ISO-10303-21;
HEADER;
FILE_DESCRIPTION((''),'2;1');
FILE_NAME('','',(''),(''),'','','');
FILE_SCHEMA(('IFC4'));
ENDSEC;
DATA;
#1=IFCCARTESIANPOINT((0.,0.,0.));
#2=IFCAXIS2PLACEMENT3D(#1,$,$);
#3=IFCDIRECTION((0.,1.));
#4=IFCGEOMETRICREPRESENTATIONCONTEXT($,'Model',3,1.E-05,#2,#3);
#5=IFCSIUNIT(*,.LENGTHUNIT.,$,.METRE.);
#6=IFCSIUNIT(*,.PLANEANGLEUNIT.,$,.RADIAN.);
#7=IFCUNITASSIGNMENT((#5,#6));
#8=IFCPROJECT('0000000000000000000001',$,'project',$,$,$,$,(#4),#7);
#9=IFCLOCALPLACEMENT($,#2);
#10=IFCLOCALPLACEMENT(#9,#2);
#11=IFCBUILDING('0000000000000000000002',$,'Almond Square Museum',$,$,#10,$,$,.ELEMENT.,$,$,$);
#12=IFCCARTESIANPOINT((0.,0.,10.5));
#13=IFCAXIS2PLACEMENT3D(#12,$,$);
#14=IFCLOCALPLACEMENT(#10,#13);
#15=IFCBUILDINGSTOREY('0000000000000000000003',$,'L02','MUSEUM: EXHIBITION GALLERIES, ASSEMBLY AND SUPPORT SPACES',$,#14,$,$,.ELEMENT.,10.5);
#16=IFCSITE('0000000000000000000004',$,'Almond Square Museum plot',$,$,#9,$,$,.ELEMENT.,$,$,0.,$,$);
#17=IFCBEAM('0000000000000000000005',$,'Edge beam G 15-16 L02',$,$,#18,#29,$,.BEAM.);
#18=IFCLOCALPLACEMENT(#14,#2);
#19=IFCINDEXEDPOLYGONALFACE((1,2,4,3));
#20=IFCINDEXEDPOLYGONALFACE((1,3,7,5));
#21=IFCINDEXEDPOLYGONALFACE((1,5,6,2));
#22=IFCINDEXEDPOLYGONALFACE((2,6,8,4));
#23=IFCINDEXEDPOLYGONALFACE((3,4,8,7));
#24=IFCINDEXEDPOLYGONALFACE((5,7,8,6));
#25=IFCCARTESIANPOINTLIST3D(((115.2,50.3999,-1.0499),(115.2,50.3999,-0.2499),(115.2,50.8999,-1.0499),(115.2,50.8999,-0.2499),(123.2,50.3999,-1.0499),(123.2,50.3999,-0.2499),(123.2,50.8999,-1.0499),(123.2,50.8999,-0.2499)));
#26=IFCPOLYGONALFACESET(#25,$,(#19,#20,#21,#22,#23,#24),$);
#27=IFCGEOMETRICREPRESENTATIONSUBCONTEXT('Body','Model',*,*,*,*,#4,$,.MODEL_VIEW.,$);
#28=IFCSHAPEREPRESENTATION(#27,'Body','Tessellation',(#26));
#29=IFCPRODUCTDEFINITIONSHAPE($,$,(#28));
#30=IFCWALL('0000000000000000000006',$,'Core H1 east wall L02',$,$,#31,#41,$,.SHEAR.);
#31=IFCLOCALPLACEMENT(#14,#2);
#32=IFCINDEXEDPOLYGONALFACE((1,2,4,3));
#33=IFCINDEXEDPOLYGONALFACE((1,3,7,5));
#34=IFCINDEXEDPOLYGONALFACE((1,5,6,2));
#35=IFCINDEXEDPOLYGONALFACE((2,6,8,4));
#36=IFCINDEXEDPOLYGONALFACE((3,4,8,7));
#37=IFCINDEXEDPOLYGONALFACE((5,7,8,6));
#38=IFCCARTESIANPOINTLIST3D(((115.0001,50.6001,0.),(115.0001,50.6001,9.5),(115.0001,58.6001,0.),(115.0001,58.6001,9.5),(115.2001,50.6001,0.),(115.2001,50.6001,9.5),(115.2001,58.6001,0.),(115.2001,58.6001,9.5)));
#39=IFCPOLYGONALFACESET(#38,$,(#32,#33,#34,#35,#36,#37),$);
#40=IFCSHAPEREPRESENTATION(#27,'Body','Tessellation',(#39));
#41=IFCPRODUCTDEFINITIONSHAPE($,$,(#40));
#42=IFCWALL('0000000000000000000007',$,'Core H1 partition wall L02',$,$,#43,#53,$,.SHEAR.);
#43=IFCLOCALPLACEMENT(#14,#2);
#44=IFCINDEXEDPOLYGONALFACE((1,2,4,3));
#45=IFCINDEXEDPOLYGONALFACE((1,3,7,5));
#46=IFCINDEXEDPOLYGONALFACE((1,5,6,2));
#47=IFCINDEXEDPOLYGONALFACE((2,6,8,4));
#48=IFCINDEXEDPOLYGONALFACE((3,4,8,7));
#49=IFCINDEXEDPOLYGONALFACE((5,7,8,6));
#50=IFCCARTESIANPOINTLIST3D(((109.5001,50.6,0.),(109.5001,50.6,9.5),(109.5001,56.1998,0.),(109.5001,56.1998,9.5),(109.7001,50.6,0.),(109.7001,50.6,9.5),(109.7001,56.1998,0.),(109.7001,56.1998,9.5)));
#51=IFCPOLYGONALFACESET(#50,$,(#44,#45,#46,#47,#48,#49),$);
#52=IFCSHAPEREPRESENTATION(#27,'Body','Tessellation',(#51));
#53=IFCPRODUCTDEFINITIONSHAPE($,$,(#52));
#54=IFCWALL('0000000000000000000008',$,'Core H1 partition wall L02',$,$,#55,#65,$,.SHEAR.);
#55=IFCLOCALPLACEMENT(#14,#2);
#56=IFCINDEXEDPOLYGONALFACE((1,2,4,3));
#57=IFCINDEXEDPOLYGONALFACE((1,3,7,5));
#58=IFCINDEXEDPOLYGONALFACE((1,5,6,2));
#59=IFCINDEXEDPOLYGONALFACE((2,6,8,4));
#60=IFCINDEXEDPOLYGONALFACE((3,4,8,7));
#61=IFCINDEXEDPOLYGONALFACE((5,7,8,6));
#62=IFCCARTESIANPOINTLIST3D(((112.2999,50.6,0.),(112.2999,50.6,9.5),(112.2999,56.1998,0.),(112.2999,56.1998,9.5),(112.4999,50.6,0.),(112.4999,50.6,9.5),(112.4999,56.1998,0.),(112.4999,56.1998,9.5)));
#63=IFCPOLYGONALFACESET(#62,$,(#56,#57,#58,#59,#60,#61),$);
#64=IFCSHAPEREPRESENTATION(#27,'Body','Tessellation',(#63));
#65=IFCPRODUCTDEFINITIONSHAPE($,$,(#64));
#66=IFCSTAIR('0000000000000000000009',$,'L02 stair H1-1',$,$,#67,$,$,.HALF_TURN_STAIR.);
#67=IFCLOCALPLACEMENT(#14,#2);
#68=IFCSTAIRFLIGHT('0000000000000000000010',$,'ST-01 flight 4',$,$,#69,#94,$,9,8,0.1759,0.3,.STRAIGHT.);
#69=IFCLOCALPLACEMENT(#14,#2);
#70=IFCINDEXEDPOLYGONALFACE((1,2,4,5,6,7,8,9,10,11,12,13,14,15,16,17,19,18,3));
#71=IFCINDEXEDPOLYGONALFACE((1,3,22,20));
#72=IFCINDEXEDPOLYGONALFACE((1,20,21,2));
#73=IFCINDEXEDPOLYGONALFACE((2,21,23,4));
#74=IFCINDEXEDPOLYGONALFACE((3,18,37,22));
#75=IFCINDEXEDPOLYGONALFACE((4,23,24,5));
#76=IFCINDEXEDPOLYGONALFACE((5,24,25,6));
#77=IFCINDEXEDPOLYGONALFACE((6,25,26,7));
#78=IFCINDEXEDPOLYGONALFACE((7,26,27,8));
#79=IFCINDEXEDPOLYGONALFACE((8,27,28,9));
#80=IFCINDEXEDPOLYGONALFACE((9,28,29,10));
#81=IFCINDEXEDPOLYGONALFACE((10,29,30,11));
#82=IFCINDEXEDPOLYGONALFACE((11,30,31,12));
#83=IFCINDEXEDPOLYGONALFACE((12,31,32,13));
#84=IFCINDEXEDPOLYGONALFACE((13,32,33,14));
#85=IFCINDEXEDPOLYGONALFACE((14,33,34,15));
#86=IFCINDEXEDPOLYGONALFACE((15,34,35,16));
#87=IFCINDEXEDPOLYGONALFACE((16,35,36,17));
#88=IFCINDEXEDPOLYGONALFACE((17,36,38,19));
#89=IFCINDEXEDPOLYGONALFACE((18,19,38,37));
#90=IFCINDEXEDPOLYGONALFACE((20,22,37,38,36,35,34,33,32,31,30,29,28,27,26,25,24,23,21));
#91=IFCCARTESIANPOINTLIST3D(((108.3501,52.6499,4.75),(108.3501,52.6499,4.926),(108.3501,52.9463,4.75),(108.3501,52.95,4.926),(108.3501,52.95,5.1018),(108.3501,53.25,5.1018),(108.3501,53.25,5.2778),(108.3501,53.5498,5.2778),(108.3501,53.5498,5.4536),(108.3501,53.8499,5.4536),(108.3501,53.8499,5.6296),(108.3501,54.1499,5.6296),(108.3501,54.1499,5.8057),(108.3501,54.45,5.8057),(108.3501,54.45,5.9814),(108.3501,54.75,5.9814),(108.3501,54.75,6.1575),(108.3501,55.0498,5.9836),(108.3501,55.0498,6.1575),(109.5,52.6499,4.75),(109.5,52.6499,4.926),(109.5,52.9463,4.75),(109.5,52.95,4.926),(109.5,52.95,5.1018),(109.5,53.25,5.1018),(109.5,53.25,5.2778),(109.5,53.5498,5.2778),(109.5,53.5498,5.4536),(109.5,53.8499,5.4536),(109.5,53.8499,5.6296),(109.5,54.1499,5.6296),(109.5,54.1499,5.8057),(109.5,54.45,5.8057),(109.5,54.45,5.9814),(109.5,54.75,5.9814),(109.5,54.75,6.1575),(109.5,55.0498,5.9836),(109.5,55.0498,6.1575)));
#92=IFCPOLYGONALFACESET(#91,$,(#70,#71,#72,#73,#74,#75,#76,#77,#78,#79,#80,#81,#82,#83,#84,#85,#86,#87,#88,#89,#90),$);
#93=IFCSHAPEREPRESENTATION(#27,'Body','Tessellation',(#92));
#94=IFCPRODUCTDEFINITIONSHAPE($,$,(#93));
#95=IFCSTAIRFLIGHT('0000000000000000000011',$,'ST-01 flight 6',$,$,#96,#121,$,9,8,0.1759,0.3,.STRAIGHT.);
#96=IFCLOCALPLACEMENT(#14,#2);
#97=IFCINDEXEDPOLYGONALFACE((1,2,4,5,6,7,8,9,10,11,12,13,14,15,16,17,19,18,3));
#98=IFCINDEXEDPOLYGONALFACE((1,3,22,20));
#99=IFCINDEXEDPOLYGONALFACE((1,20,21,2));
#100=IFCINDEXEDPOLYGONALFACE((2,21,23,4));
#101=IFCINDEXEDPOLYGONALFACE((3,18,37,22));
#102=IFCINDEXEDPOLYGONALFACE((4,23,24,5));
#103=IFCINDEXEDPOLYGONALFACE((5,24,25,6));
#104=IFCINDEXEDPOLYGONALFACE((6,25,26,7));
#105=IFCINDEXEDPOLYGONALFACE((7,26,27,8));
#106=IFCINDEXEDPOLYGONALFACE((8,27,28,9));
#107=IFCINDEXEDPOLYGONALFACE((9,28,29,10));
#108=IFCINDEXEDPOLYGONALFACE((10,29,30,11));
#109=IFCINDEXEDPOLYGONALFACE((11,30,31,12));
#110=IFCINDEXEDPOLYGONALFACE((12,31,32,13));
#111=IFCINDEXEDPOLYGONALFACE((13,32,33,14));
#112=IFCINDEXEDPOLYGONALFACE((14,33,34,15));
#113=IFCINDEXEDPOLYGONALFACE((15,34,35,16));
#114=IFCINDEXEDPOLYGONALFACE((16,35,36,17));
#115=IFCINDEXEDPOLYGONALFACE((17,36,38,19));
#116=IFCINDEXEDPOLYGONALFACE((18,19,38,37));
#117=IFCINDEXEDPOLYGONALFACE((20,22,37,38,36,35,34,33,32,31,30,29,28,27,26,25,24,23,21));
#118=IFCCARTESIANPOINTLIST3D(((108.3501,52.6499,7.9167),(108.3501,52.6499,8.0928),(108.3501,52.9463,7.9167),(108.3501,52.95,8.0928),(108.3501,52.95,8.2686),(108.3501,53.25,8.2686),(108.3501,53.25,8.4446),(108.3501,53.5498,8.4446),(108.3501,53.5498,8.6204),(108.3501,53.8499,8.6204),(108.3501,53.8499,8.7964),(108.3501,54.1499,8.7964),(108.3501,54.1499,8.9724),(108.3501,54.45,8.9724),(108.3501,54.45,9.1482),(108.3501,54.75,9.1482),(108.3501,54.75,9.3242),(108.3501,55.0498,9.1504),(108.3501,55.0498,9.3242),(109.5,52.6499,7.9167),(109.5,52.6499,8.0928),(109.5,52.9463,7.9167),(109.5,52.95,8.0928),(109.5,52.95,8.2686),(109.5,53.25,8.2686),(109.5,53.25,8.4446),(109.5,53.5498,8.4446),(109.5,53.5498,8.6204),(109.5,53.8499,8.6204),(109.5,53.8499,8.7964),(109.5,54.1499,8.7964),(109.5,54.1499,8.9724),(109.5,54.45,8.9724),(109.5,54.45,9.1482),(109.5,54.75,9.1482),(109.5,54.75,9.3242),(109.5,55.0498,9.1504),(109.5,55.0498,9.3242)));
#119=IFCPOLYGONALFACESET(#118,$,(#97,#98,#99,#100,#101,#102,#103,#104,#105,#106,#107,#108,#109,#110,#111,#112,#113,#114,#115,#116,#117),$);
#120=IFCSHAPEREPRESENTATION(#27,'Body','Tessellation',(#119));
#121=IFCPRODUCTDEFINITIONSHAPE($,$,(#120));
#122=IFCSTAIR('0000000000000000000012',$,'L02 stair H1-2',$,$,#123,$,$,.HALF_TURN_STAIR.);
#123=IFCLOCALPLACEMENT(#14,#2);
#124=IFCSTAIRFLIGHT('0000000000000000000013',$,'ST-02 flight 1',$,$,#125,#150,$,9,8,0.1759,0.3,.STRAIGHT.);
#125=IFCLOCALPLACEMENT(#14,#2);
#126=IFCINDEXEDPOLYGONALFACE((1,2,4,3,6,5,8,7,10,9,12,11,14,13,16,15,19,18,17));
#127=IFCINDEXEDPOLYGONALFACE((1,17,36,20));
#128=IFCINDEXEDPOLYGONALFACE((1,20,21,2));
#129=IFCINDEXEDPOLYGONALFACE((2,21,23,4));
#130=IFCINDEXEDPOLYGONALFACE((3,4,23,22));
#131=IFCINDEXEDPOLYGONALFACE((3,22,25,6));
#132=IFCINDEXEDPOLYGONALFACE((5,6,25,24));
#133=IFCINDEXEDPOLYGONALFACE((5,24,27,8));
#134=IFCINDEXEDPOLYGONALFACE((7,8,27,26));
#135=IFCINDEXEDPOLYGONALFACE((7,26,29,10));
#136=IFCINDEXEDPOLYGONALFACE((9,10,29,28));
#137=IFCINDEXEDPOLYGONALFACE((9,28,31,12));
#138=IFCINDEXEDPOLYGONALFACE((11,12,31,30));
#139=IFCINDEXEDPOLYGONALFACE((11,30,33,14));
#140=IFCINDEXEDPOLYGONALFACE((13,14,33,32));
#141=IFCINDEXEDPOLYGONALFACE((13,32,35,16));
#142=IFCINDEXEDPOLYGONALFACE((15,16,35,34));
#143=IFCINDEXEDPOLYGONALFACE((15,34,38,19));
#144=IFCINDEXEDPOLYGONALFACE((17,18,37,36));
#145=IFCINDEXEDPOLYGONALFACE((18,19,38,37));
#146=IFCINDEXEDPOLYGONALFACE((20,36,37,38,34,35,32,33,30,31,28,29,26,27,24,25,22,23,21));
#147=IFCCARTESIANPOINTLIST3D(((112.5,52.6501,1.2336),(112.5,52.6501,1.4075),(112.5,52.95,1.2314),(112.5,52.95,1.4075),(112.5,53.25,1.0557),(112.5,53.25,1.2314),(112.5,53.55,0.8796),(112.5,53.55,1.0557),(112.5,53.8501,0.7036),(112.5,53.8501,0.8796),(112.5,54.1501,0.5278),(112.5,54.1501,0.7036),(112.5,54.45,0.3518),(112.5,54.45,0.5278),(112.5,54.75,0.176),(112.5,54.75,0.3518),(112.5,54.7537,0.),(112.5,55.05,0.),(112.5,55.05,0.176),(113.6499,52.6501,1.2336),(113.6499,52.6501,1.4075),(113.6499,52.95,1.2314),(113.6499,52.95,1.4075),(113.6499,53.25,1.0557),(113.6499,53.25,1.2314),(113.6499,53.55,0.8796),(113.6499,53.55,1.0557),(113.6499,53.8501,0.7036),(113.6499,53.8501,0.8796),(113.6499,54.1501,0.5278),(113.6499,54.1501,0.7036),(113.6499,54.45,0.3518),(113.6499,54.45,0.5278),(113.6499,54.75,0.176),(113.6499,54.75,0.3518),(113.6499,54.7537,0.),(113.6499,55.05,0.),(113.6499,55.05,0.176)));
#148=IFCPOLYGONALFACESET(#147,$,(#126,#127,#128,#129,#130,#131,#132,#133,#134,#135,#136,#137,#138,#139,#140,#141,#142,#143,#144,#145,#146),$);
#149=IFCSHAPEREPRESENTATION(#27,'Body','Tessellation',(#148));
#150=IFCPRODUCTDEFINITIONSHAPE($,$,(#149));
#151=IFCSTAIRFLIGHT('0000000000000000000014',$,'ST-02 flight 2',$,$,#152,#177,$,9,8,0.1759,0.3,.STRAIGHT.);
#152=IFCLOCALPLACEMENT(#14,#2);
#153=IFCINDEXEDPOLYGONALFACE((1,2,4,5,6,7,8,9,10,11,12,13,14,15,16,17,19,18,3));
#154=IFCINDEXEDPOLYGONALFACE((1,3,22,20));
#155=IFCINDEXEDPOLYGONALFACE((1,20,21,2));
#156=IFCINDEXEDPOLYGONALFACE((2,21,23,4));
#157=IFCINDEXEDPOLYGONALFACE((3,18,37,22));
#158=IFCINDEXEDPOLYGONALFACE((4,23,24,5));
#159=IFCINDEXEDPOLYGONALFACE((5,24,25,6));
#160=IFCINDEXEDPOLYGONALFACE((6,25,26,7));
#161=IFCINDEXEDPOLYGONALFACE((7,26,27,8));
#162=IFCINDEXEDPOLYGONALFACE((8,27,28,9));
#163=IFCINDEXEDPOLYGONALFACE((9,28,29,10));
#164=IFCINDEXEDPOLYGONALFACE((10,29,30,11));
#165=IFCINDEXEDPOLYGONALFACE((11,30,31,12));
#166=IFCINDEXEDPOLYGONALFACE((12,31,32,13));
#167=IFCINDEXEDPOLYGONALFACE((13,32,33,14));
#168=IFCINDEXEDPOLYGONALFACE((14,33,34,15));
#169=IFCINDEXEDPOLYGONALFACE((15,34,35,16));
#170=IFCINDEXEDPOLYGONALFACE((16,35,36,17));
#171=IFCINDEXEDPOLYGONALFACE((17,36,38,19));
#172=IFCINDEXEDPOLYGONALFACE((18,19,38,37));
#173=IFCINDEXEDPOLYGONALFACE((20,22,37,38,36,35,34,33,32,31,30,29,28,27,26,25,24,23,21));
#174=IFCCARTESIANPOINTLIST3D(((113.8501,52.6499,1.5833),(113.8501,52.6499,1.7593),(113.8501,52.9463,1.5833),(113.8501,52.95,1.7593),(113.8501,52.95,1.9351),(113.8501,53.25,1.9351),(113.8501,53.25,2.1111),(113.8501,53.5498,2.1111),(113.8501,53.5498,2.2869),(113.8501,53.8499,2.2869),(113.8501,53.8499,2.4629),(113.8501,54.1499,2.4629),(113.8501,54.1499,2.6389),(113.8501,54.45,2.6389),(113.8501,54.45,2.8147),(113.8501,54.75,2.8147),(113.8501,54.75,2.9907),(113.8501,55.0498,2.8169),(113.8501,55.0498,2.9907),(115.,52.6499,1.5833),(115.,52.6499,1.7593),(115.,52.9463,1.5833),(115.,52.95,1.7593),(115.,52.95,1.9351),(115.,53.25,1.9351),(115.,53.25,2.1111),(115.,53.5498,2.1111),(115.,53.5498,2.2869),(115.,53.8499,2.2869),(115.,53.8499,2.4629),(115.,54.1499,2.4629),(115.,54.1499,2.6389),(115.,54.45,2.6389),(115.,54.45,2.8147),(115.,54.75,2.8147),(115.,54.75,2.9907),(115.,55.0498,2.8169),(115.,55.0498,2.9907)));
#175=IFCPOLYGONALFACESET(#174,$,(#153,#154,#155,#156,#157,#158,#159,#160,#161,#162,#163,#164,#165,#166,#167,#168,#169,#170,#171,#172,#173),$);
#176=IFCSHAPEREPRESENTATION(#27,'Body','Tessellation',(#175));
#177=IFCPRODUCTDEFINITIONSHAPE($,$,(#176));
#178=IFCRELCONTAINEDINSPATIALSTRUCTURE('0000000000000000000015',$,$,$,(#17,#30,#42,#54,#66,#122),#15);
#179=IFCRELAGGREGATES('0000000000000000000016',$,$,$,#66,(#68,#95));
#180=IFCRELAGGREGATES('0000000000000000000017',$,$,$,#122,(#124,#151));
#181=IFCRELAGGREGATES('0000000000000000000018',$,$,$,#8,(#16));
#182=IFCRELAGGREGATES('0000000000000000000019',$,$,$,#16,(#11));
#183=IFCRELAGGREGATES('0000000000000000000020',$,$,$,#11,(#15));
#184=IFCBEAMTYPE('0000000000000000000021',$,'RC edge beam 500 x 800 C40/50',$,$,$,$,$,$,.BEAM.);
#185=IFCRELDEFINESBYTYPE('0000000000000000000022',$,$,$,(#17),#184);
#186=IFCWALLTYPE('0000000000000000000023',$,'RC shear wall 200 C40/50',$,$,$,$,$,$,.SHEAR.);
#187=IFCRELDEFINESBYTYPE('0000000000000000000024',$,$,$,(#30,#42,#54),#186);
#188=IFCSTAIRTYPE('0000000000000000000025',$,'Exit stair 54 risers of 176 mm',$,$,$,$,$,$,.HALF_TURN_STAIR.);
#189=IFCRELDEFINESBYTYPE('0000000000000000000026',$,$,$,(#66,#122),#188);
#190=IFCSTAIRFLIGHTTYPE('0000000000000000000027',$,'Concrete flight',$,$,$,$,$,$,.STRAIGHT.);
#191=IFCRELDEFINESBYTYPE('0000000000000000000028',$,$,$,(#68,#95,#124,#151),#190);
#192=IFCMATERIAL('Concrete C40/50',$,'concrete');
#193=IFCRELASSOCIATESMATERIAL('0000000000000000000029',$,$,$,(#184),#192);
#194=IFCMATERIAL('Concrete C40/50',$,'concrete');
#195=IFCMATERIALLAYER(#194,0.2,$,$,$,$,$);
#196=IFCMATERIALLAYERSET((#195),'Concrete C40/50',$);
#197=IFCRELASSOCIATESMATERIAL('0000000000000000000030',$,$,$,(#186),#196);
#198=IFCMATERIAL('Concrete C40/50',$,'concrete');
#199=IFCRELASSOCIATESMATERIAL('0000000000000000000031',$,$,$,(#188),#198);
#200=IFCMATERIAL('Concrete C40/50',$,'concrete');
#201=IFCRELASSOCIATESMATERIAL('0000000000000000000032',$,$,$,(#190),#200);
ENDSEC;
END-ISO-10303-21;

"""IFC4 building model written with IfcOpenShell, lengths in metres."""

from ifc_helpers import new_model, si_unit, direction, frame, frame_2d, origin, origin_2d, place, context, subcontext, project, spatial, polyline, rectangle, outline, extrude, material, layer, layer_set, material_profile, profile_set, type_object, element, aggregate, save


model = new_model("IFC4")

# Units and contexts
model_context = context("Model", 3, precision=1e-05, world=origin(), true_north=direction((0.0, 1.0)))
body_context = subcontext(model_context, "Body", "Model", "MODEL_VIEW")
ifc_project = project(units=[si_unit("LENGTHUNIT", "METRE"), si_unit("PLANEANGLEUNIT", "RADIAN")], contexts=[model_context])

# Site, building, storey
site_placement = place(None, origin())
site = spatial("IfcSite", under=ifc_project, at=site_placement, Name="Almond Square Museum plot", CompositionType="ELEMENT", RefElevation=0.0)
building_placement = place(site_placement, origin())
building = spatial("IfcBuilding", under=site, at=building_placement, Name="Almond Square Museum", CompositionType="ELEMENT")
storey_placement = place(building_placement, frame((0.0, 0.0, 10.5)))
storey = spatial("IfcBuildingStorey", under=building, at=storey_placement, Name="L02", Description="MUSEUM: EXHIBITION GALLERIES, ASSEMBLY AND SUPPORT SPACES", CompositionType="ELEMENT", Elevation=10.5)

# Beam
ifc_material_1 = material(Name="Concrete C40/50", Category="concrete")
ifc_material_profile = material_profile(ifc_material_1, rectangle(XDim=0.5, YDim=0.8, at=origin_2d()))
ifc_profile_set = profile_set([ifc_material_profile], Name="Concrete C40/50")
beam_type = type_object("IfcBeamType", Name="RC edge beam 500 x 800 C40/50", PredefinedType="BEAM", material=ifc_profile_set)
beam_placement = place(storey_placement, frame((115.2, 50.6499, -0.6499), z_axis=(1.0, 0.0, 0.0), x_axis=(0.0, 1.0, 0.0)))
element("IfcBeam", 1, at=beam_placement, inside=storey, type_object=beam_type, Name="Edge beam G 15-16 L02", PredefinedType="BEAM", context=body_context, shape_type="SweptSolid", body=[
    extrude(rectangle(XDim=0.5, YDim=0.8, at=origin_2d()), origin(), (0.0, 0.0, 1.0), 8.0),
])

# Walls
ifc_material_2 = material(Name="Concrete C40/50", Category="concrete")
ifc_layer = layer(ifc_material_2, 0.2)
ifc_layer_set = layer_set([ifc_layer], Name="Concrete C40/50")
wall_type = type_object("IfcWallType", Name="RC shear wall 200 C40/50", PredefinedType="SHEAR", material=ifc_layer_set)
wall_placement = place(storey_placement, frame((115.1001, 50.6001, 0.0), z_axis=(0.0, 0.0, 1.0), x_axis=(0.0, 1.0, 0.0)))
element("IfcWall", 2, at=wall_placement, inside=storey, type_object=wall_type, Name="Core H1 east wall L02", PredefinedType="SHEAR", context=body_context, shape_type="SweptSolid", body=[
    extrude(rectangle(XDim=8.0, YDim=0.2, at=frame_2d((4.0, 0.0))), origin(), (0.0, 0.0, 1.0), 9.5),
])
for number, where, z_axis, x_axis, name in (
    (3, (109.6001, 50.6001, 0.0), (0.0, 0.0, 1.0), (0.0, 1.0, 0.0), "Core H1 partition wall L02"),
    (4, (112.3999, 50.6001, 0.0), (0.0, 0.0, 1.0), (0.0, 1.0, 0.0), "Core H1 partition wall L02"),
):
    element("IfcWall", number, at=place(storey_placement, frame(where, z_axis=z_axis, x_axis=x_axis)), inside=storey, type_object=wall_type, Name=name, PredefinedType="SHEAR", context=body_context, shape_type="SweptSolid", body=[
        extrude(rectangle(XDim=5.5999, YDim=0.2, at=frame_2d((2.7998, 0.0))), origin(), (0.0, 0.0, 1.0), 9.5),
    ])

# Stairs, stair flights
ifc_material_3 = material(Name="Concrete C40/50", Category="concrete")
stair_type = type_object("IfcStairType", Name="Exit stair 54 risers of 176 mm", PredefinedType="HALF_TURN_STAIR", material=ifc_material_3)
stair_1_placement = place(storey_placement, origin())
stair_1 = element("IfcStair", 5, at=stair_1_placement, inside=storey, type_object=stair_type, Name="L02 stair H1-1", PredefinedType="HALF_TURN_STAIR")
ifc_material_4 = material(Name="Concrete C40/50", Category="concrete")
stair_flight_type = type_object("IfcStairFlightType", Name="Concrete flight", PredefinedType="STRAIGHT", material=ifc_material_4)
stair_flight_1_placement = place(storey_placement, frame((108.925, 52.6499, 4.75), z_axis=(0.0, 0.0, 1.0), x_axis=(0.0, 1.0, 0.0)))
stair_flight_1 = element("IfcStairFlight", 6, at=stair_flight_1_placement, type_object=stair_flight_type, Name="ST-01 flight 4", NumberOfRisers=9, NumberOfTreads=8, PredefinedType="STRAIGHT", RiserHeight=0.1759, TreadLength=0.3, context=body_context, shape_type="SweptSolid", body=[
    extrude(outline(polyline([(0.0, 0.0), (0.0, 0.176), (0.3, 0.176), (0.3, 0.3518), (0.6001, 0.3518), (0.6001, 0.5278), (0.8999, 0.5278), (0.8999, 0.7036), (1.2, 0.7036), (1.2, 0.8796), (1.5, 0.8796), (1.5, 1.0557), (1.8, 1.0557), (1.8, 1.2314), (2.1001, 1.2314), (2.1001, 1.4075), (2.3999, 1.4075), (2.3999, 1.5833), (2.3999, 1.2336), (0.2964, 0.0), (0.0, 0.0)])), frame((0.0, 0.575, 0.0), z_axis=(0.0, -1.0, 0.0), x_axis=(1.0, 0.0, 0.0)), (0.0, 0.0, 1.0), 1.1499),
])
stair_flight_2_placement = place(storey_placement, frame((108.925, 52.6499, 7.9167), z_axis=(0.0, 0.0, 1.0), x_axis=(0.0, 1.0, 0.0)))
stair_flight_2 = element("IfcStairFlight", 7, at=stair_flight_2_placement, type_object=stair_flight_type, Name="ST-01 flight 6", NumberOfRisers=9, NumberOfTreads=8, PredefinedType="STRAIGHT", RiserHeight=0.1759, TreadLength=0.3, context=body_context, shape_type="SweptSolid", body=[
    extrude(outline(polyline([(0.0, 0.0), (0.0, 0.176), (0.3, 0.176), (0.3, 0.3518), (0.6001, 0.3518), (0.6001, 0.5278), (0.8999, 0.5278), (0.8999, 0.7036), (1.2, 0.7036), (1.2, 0.8796), (1.5, 0.8796), (1.5, 1.0557), (1.8, 1.0557), (1.8, 1.2314), (2.1001, 1.2314), (2.1001, 1.4075), (2.3999, 1.4075), (2.3999, 1.5833), (2.3999, 1.2336), (0.2964, 0.0), (0.0, 0.0)])), frame((0.0, 0.575, 0.0), z_axis=(0.0, -1.0, 0.0), x_axis=(1.0, 0.0, 0.0)), (0.0, 0.0, 1.0), 1.1499),
])
aggregate(stair_1, [stair_flight_1, stair_flight_2])
stair_2_placement = place(storey_placement, origin())
stair_2 = element("IfcStair", 8, at=stair_2_placement, inside=storey, type_object=stair_type, Name="L02 stair H1-2", PredefinedType="HALF_TURN_STAIR")
stair_flight_3_placement = place(storey_placement, frame((113.075, 55.05, 0.0), z_axis=(0.0, 0.0, 1.0), x_axis=(0.0, -1.0, 0.0)))
stair_flight_3 = element("IfcStairFlight", 9, at=stair_flight_3_placement, type_object=stair_flight_type, Name="ST-02 flight 1", NumberOfRisers=9, NumberOfTreads=8, PredefinedType="STRAIGHT", RiserHeight=0.1759, TreadLength=0.3, context=body_context, shape_type="SweptSolid", body=[
    extrude(outline(polyline([(0.0, 0.0), (0.0, 0.176), (0.3, 0.176), (0.3, 0.3518), (0.6001, 0.3518), (0.6001, 0.5278), (0.8999, 0.5278), (0.8999, 0.7036), (1.2, 0.7036), (1.2, 0.8796), (1.5, 0.8796), (1.5, 1.0557), (1.8, 1.0557), (1.8, 1.2314), (2.1001, 1.2314), (2.1001, 1.4075), (2.3999, 1.4075), (2.3999, 1.5833), (2.3999, 1.2336), (0.2964, 0.0), (0.0, 0.0)])), frame((0.0, 0.575, 0.0), z_axis=(0.0, -1.0, 0.0), x_axis=(1.0, 0.0, 0.0)), (0.0, 0.0, 1.0), 1.1499),
])
stair_flight_4_placement = place(storey_placement, frame((114.425, 52.6499, 1.5833), z_axis=(0.0, 0.0, 1.0), x_axis=(0.0, 1.0, 0.0)))
stair_flight_4 = element("IfcStairFlight", 10, at=stair_flight_4_placement, type_object=stair_flight_type, Name="ST-02 flight 2", NumberOfRisers=9, NumberOfTreads=8, PredefinedType="STRAIGHT", RiserHeight=0.1759, TreadLength=0.3, context=body_context, shape_type="SweptSolid", body=[
    extrude(outline(polyline([(0.0, 0.0), (0.0, 0.176), (0.3, 0.176), (0.3, 0.3518), (0.6001, 0.3518), (0.6001, 0.5278), (0.8999, 0.5278), (0.8999, 0.7036), (1.2, 0.7036), (1.2, 0.8796), (1.5, 0.8796), (1.5, 1.0557), (1.8, 1.0557), (1.8, 1.2314), (2.1001, 1.2314), (2.1001, 1.4075), (2.3999, 1.4075), (2.3999, 1.5833), (2.3999, 1.2336), (0.2964, 0.0), (0.0, 0.0)])), frame((0.0, 0.575, 0.0), z_axis=(0.0, -1.0, 0.0), x_axis=(1.0, 0.0, 0.0)), (0.0, 0.0, 1.0), 1.1499),
])
aggregate(stair_2, [stair_flight_3, stair_flight_4])

save(model, "model.ifc")
